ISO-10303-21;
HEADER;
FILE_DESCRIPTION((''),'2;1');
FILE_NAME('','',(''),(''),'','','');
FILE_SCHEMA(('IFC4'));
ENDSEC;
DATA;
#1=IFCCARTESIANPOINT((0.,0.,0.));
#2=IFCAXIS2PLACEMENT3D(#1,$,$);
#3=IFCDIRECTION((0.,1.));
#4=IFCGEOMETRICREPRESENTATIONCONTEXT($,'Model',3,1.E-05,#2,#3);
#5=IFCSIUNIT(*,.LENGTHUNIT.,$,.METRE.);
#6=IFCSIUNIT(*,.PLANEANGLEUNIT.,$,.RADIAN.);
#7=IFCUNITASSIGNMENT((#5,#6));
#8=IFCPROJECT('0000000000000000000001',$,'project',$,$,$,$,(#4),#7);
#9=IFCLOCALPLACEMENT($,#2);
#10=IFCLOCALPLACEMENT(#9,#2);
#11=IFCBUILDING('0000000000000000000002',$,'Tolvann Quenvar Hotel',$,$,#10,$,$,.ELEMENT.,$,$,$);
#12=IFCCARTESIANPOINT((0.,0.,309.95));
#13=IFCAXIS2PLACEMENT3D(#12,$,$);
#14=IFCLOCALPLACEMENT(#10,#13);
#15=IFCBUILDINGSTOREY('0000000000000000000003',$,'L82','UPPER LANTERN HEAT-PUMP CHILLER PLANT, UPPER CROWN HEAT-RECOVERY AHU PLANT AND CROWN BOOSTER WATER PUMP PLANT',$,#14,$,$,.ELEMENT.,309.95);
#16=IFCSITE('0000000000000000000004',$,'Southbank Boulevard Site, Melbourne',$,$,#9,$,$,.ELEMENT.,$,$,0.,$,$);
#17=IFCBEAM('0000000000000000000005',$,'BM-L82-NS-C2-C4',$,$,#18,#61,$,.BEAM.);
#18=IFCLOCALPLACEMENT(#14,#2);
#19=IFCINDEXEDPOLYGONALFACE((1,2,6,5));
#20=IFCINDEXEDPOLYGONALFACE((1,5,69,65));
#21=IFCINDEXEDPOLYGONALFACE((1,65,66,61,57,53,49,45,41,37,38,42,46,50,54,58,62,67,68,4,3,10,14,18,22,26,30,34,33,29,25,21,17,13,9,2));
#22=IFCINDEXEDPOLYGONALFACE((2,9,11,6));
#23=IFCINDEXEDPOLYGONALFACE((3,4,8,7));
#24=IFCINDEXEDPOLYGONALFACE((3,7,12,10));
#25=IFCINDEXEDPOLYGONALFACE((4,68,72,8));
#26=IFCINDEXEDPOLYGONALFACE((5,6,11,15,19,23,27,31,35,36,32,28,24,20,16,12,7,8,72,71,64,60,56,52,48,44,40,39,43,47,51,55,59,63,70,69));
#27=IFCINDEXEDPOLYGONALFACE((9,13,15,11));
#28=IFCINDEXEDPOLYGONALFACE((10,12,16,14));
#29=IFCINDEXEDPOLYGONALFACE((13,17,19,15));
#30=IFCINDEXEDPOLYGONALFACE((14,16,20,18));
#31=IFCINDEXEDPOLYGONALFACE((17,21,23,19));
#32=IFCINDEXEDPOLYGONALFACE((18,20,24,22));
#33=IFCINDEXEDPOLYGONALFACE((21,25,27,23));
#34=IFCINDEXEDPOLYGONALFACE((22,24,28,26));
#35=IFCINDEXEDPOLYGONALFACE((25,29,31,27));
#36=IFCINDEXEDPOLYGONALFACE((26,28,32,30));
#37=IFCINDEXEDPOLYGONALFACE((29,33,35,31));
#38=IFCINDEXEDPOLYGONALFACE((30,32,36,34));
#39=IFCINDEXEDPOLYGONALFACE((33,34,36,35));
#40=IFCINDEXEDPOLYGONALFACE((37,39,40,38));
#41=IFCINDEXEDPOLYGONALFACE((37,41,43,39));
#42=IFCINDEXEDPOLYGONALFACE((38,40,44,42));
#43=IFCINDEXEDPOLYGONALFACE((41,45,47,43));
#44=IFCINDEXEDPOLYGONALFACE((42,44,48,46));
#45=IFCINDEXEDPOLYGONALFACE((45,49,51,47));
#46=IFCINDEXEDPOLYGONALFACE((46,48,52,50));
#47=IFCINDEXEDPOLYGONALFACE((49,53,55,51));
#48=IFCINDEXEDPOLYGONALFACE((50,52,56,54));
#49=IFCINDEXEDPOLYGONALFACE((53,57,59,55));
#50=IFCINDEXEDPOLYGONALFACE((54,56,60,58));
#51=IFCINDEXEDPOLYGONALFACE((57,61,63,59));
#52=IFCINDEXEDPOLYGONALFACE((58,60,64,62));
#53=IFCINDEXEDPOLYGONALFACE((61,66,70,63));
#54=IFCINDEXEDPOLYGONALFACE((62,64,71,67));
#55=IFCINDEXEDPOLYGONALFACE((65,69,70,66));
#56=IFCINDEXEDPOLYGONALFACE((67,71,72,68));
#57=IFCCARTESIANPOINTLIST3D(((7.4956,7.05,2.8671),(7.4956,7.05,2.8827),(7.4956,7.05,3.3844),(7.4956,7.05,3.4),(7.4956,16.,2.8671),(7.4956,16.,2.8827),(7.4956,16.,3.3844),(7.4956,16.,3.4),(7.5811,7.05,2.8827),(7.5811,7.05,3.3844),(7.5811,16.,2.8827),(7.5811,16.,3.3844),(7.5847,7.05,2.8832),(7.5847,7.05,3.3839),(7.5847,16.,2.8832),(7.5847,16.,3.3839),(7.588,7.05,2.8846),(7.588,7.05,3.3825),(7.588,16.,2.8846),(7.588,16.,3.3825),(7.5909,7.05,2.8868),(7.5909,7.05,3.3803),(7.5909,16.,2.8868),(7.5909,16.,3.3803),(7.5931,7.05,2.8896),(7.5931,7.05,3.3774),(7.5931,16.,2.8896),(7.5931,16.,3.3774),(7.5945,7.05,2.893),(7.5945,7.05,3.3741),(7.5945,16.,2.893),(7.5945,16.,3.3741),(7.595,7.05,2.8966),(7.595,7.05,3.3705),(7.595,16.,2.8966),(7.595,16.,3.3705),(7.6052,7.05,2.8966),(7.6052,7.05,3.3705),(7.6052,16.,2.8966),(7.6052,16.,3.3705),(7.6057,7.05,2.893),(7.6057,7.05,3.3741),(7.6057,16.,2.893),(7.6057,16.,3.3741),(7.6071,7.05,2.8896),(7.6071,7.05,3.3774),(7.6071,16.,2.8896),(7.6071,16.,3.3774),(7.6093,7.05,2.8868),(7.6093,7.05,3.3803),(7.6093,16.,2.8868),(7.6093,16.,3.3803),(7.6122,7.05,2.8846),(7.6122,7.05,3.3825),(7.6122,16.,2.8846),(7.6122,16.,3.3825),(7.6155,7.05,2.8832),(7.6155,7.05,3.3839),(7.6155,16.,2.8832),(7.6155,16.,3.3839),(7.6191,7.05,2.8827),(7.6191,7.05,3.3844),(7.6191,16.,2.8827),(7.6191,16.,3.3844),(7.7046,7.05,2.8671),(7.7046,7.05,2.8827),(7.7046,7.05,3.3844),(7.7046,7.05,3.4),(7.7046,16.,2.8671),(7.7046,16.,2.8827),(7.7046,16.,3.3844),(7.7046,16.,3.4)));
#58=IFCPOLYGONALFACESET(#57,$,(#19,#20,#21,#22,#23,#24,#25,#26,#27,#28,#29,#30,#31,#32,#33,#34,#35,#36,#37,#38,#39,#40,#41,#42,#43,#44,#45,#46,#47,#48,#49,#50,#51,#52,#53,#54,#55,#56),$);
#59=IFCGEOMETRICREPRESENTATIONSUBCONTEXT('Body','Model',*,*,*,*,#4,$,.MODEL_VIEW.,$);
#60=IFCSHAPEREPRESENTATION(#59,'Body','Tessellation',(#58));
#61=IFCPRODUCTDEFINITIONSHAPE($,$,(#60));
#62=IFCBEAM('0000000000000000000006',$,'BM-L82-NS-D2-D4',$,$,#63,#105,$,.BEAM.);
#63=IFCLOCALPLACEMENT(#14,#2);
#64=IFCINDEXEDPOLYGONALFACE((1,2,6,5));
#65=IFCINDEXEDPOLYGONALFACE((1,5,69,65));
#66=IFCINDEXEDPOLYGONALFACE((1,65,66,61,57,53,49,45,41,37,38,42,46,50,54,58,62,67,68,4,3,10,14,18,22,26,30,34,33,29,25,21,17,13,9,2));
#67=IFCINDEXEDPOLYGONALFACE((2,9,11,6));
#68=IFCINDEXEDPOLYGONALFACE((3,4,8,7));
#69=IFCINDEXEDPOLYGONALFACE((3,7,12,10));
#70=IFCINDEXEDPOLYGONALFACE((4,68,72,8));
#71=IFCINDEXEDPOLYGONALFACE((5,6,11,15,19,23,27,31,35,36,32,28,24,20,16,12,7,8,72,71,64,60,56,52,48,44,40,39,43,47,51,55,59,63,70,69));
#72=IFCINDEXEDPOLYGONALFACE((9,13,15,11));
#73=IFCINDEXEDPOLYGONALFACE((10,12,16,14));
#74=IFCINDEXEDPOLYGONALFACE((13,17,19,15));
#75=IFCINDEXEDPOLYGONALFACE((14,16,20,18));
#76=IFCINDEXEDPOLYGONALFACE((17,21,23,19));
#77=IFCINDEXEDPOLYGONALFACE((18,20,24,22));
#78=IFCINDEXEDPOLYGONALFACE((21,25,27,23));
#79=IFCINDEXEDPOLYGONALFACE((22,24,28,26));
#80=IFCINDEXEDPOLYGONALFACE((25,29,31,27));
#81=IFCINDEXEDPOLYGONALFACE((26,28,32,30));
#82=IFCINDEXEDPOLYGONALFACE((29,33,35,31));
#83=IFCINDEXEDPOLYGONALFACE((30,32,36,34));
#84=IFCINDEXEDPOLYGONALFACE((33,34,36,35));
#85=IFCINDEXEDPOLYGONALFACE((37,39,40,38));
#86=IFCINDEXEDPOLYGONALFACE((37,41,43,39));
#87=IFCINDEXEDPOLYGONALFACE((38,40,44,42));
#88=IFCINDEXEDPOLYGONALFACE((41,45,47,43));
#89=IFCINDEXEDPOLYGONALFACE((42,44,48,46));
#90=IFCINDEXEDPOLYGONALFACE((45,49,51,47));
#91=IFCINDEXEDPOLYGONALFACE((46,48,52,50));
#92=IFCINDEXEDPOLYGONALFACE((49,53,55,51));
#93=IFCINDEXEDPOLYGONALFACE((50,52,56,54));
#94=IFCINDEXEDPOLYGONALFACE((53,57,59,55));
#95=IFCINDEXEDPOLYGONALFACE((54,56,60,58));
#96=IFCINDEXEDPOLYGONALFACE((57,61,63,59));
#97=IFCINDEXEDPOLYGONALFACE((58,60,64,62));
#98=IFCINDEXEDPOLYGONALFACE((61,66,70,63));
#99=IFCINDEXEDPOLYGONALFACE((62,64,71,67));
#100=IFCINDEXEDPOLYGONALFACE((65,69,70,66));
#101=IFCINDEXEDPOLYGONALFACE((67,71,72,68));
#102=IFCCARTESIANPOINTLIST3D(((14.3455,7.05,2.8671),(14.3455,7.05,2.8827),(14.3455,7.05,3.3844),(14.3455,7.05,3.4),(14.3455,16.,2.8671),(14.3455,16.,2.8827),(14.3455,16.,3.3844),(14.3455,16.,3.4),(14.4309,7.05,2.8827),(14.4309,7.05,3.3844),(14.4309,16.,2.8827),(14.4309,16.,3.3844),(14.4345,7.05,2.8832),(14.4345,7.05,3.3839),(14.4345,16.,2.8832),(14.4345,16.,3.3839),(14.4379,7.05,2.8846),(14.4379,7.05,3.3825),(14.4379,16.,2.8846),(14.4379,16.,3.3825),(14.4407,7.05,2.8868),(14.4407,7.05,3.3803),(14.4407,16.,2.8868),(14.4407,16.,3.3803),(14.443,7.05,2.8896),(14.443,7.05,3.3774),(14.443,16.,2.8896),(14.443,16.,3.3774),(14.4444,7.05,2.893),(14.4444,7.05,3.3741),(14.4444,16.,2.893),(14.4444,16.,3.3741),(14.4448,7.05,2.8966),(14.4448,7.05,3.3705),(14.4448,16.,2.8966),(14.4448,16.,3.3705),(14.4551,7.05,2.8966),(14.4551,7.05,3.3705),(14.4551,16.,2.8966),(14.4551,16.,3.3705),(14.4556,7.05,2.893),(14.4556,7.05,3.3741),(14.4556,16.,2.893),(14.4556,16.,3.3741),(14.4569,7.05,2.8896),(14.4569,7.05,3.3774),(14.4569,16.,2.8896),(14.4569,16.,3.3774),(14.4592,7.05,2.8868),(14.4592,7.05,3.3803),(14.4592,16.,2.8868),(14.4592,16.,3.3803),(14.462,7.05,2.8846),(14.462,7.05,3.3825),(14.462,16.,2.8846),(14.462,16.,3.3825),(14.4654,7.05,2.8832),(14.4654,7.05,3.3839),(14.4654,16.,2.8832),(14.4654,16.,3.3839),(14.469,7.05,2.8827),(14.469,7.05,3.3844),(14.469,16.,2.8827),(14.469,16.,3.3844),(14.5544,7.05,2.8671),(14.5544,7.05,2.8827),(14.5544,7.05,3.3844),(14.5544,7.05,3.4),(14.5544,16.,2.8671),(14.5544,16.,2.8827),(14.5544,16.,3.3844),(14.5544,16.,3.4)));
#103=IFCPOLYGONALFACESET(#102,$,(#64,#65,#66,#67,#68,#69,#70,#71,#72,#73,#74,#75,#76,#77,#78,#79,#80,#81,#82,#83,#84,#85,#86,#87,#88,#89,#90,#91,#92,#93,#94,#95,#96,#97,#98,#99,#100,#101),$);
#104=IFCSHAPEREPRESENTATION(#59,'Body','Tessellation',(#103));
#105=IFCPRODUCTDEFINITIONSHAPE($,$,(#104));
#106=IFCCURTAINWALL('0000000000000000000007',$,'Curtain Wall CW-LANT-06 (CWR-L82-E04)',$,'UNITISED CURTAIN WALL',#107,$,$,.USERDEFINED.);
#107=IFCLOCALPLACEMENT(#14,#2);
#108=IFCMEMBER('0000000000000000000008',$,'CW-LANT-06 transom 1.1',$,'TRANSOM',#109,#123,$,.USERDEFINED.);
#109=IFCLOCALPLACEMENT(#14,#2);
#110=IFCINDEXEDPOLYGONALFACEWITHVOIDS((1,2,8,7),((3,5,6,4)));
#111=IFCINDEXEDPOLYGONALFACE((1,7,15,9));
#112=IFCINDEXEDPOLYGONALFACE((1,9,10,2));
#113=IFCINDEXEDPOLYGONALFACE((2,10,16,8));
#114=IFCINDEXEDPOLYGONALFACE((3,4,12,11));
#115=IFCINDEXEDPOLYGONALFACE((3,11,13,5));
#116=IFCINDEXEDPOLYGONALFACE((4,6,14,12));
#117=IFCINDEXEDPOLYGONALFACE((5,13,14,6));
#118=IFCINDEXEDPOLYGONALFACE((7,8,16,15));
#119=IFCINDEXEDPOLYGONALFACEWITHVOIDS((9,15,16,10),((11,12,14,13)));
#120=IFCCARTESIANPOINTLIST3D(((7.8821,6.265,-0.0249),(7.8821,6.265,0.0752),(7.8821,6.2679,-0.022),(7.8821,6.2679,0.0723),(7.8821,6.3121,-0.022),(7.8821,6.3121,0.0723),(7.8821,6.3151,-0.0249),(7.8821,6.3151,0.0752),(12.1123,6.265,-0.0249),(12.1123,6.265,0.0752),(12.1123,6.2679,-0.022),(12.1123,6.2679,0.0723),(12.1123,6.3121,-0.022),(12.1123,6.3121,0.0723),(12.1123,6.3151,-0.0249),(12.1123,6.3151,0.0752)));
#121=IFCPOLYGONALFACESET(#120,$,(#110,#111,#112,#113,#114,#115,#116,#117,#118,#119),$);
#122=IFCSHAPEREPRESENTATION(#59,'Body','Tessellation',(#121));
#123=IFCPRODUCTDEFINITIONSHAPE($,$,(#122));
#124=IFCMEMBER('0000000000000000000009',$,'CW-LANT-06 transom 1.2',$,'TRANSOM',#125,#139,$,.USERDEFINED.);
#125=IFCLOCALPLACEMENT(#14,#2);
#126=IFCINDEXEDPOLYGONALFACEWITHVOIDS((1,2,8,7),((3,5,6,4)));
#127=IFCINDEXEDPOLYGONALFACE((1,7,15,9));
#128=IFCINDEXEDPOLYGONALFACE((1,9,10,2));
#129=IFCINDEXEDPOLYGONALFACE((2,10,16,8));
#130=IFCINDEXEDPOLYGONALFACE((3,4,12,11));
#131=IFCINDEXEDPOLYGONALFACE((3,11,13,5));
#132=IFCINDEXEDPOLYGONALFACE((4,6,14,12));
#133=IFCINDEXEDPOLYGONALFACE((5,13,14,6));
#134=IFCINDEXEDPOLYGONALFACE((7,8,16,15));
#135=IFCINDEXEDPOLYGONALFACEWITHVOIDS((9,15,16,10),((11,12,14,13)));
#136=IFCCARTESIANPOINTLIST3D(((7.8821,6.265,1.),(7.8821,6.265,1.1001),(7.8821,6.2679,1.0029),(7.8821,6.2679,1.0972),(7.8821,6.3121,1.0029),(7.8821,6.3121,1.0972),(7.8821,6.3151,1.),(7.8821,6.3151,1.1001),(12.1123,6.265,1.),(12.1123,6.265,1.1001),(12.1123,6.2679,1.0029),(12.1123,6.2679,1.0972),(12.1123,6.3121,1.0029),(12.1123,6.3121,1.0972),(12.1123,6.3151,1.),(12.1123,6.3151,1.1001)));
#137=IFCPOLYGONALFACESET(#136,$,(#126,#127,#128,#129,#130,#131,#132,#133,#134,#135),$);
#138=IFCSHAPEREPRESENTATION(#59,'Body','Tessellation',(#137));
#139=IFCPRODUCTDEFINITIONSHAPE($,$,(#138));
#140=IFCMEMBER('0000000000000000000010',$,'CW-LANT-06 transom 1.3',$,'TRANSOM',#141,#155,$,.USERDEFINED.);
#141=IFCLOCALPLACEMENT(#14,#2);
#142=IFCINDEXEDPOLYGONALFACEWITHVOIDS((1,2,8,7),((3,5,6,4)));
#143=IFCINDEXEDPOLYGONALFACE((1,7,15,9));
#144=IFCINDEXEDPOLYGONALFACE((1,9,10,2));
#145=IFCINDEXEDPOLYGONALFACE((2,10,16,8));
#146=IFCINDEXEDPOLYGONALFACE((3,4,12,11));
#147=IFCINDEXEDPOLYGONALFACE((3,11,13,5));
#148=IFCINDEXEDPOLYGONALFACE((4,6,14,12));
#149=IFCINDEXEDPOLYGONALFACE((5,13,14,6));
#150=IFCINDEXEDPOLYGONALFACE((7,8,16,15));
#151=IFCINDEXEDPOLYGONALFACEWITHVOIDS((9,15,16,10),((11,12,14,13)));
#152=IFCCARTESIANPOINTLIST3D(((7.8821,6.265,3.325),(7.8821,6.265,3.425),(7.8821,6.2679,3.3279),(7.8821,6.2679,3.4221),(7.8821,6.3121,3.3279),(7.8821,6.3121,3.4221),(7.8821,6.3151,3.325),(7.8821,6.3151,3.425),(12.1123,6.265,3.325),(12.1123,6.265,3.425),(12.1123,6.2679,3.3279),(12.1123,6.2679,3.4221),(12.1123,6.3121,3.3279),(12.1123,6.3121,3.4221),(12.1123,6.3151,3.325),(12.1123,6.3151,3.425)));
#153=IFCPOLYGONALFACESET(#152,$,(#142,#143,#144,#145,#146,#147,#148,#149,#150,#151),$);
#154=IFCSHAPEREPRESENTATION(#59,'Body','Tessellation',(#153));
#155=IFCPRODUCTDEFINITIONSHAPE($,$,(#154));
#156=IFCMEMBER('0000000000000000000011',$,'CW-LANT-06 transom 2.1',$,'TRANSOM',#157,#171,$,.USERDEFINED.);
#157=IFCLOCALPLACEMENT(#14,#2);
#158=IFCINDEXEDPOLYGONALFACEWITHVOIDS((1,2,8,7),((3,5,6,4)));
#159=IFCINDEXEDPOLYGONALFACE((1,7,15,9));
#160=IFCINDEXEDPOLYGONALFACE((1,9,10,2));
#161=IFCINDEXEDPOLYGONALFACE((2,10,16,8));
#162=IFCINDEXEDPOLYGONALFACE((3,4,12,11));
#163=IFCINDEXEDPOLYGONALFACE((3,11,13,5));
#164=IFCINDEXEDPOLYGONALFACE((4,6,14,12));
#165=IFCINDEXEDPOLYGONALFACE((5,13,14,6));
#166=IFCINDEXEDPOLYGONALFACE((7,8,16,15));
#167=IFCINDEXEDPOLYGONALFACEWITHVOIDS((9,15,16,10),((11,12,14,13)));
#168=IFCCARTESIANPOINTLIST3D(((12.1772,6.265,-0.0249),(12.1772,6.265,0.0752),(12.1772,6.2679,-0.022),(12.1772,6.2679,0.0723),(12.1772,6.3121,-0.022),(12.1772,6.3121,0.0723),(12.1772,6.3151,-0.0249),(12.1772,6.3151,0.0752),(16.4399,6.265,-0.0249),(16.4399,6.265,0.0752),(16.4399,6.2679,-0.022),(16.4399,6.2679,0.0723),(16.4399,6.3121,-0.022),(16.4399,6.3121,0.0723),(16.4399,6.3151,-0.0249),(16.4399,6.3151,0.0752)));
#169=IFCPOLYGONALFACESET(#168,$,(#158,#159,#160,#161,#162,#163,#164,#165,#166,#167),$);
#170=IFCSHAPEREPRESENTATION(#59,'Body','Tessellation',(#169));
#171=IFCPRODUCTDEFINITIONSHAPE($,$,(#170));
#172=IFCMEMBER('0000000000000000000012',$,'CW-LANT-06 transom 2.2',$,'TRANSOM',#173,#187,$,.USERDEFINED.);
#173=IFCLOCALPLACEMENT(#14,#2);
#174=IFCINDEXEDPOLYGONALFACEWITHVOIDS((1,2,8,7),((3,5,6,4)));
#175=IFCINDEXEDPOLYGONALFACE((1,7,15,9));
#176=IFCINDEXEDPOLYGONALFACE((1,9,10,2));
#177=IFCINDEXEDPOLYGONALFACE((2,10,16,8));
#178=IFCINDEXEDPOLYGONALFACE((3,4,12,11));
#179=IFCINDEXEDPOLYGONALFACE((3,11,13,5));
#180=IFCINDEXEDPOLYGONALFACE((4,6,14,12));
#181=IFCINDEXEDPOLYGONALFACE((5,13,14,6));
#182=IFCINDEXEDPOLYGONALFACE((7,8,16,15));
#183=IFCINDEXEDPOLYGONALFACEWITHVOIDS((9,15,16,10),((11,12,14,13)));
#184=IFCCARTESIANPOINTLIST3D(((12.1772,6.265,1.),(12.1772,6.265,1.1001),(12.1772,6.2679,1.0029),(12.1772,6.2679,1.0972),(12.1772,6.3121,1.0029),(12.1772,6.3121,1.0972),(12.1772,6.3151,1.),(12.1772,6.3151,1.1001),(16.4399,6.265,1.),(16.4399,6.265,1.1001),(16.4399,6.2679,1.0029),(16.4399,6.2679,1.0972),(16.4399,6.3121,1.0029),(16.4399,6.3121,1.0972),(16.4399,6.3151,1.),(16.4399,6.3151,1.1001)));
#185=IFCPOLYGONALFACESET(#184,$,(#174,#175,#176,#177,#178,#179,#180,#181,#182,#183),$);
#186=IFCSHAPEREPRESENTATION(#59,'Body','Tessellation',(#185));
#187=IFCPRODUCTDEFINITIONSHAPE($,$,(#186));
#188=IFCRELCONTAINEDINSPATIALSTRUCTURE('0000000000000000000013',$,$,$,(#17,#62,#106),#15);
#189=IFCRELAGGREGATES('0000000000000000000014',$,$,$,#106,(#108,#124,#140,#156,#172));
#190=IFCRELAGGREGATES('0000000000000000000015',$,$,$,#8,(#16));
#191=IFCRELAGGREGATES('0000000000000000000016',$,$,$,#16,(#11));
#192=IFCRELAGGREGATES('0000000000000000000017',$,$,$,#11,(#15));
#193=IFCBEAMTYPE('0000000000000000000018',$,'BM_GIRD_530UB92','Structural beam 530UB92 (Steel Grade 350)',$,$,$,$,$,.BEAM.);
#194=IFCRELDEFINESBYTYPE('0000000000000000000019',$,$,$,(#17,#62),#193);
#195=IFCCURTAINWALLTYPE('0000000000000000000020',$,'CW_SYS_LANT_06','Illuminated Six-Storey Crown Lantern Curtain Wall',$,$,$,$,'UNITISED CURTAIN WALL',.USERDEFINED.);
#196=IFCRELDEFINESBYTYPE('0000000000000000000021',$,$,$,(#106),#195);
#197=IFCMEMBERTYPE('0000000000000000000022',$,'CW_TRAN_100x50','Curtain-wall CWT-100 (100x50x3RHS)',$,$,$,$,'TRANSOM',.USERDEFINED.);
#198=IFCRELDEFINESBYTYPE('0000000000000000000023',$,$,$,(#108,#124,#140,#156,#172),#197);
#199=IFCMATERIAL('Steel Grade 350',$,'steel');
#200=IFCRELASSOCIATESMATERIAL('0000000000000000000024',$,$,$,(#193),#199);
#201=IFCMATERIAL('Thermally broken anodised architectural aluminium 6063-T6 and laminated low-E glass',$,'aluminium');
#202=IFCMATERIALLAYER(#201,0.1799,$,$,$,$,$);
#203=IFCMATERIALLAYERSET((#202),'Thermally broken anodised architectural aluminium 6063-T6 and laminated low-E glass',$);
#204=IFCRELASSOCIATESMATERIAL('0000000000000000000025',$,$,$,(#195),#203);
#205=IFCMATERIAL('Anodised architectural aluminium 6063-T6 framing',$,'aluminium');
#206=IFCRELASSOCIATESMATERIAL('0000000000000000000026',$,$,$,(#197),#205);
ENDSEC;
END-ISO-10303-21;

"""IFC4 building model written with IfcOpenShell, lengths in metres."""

from ifc_helpers import new_model, si_unit, direction, frame, origin, origin_2d, place, context, subcontext, project, spatial, hollow_rectangle, i_section, extrude, source, transform, mapped, material, layer, layer_set, material_profile, profile_set, type_object, type_shapes, element, aggregate, save


model = new_model("IFC4")

# Units and contexts
model_context = context("Model", 3, precision=1e-05, world=origin(), true_north=direction((0.0, 1.0)))
body_context = subcontext(model_context, "Body", "Model", "MODEL_VIEW")
ifc_project = project(units=[si_unit("LENGTHUNIT", "METRE"), si_unit("PLANEANGLEUNIT", "RADIAN")], contexts=[model_context])

# Site, building, storey
site_placement = place(None, origin())
site = spatial("IfcSite", under=ifc_project, at=site_placement, Name="Southbank Boulevard Site, Melbourne", CompositionType="ELEMENT", RefElevation=0.0)
building_placement = place(site_placement, origin())
building = spatial("IfcBuilding", under=site, at=building_placement, Name="Tolvann Quenvar Hotel", CompositionType="ELEMENT")
storey_placement = place(building_placement, frame((0.0, 0.0, 309.95)))
storey = spatial("IfcBuildingStorey", under=building, at=storey_placement, Name="L82", Description="UPPER LANTERN HEAT-PUMP CHILLER PLANT, UPPER CROWN HEAT-RECOVERY AHU PLANT AND CROWN BOOSTER WATER PUMP PLANT", CompositionType="ELEMENT", Elevation=309.95)

# Shared definitions
ifc_material_1 = material(Name="Steel Grade 350", Category="steel")

# Beams
ifc_material_profile_1 = material_profile(ifc_material_1, i_section(OverallWidth=0.209, OverallDepth=0.533, WebThickness=0.0103, FlangeThickness=0.0156, FilletRadius=0.0139, at=origin_2d()), Name="530UB92")
ifc_profile_set_1 = profile_set([ifc_material_profile_1], Name="Steel Grade 350")
beam_type_1 = type_object("IfcBeamType", Name="BM_GIRD_530UB92", Description="Structural beam 530UB92 (Steel Grade 350)", PredefinedType="BEAM", material=ifc_profile_set_1)
shared_shape_1 = source(origin(), body_context, "Body", "SweptSolid", [
    extrude(i_section(OverallWidth=0.209, OverallDepth=0.533, WebThickness=0.0103, FlangeThickness=0.0156, FilletRadius=0.0139, at=origin_2d()), origin(), (0.0, 0.0, 1.0), 8.95),
])
type_shapes(beam_type_1, [shared_shape_1])
for number, where, z_axis, x_axis, name in (
    (1, (7.6001, 7.05, 3.1335), (0.0, 1.0, 0.0), (-1.0, 0.0, 0.0), "BM-L82-NS-C2-C4"),
    (2, (14.45, 7.05, 3.1335), (0.0, 1.0, 0.0), (-1.0, 0.0, 0.0), "BM-L82-NS-D2-D4"),
):
    element("IfcBeam", number, at=place(storey_placement, frame(where, z_axis=z_axis, x_axis=x_axis)), inside=storey, type_object=beam_type_1, Name=name, PredefinedType="BEAM", context=body_context, shape_type="MappedRepresentation", body=[
        mapped(shared_shape_1, transform((0.0, 0.0, 0.0), x_axis=(1.0, 0.0, 0.0), y_axis=(0.0, 1.0, 0.0), z_axis=(0.0, 0.0, 1.0), scale=1.0)),
    ])

# Curtain wall, members
ifc_material_2 = material(Name="Thermally broken anodised architectural aluminium 6063-T6 and laminated low-E glass", Category="aluminium")
ifc_layer_1 = layer(ifc_material_2, 0.1799)
ifc_layer_set_1 = layer_set([ifc_layer_1], Name="Thermally broken anodised architectural aluminium 6063-T6 and laminated low-E glass")
curtain_wall_type = type_object("IfcCurtainWallType", Name="CW_SYS_LANT_06", Description="Illuminated Six-Storey Crown Lantern Curtain Wall", ElementType="UNITISED CURTAIN WALL", PredefinedType="USERDEFINED", material=ifc_layer_set_1)
curtain_wall_1_placement = place(storey_placement, origin())
curtain_wall_1 = element("IfcCurtainWall", 3, at=curtain_wall_1_placement, inside=storey, type_object=curtain_wall_type, Name="Curtain Wall CW-LANT-06 (CWR-L82-E04)", ObjectType="UNITISED CURTAIN WALL", PredefinedType="USERDEFINED")
ifc_material_3 = material(Name="Anodised architectural aluminium 6063-T6 framing", Category="aluminium")
ifc_material_profile_2 = material_profile(ifc_material_3, hollow_rectangle(XDim=0.05, YDim=0.1001, WallThickness=0.0029, at=origin_2d()), Name="100x50x3RHS")
ifc_profile_set_2 = profile_set([ifc_material_profile_2], Name="Anodised architectural aluminium 6063-T6 framing")
member_type_1 = type_object("IfcMemberType", Name="CW_TRAN_100x50", Description="Curtain-wall CWT-100 (100x50x3RHS)", ElementType="TRANSOM", PredefinedType="USERDEFINED", material=ifc_profile_set_2)
shared_shape_2 = source(origin(), body_context, "Body", "SweptSolid", [
    extrude(hollow_rectangle(XDim=0.05, YDim=0.1001, WallThickness=0.0029, at=origin_2d()), origin(), (0.0, 0.0, 1.0), 4.2302),
])
member_1_placement = place(storey_placement, frame((7.8821, 6.29, 0.0251), z_axis=(1.0, 0.0, 0.0), x_axis=(0.0, 1.0, 0.0)))
member_1 = element("IfcMember", 4, at=member_1_placement, type_object=member_type_1, Name="CW-LANT-06 transom 1.1", ObjectType="TRANSOM", PredefinedType="USERDEFINED", context=body_context, shape_type="MappedRepresentation", body=[
    mapped(shared_shape_2, transform((0.0, 0.0, 0.0), x_axis=(1.0, 0.0, 0.0), y_axis=(0.0, 1.0, 0.0), z_axis=(0.0, 0.0, 1.0), scale=1.0)),
])
member_2_placement = place(storey_placement, frame((7.8821, 6.29, 1.05), z_axis=(1.0, 0.0, 0.0), x_axis=(0.0, 1.0, 0.0)))
member_2 = element("IfcMember", 5, at=member_2_placement, type_object=member_type_1, Name="CW-LANT-06 transom 1.2", ObjectType="TRANSOM", PredefinedType="USERDEFINED", context=body_context, shape_type="MappedRepresentation", body=[
    mapped(shared_shape_2, transform((0.0, 0.0, 0.0), x_axis=(1.0, 0.0, 0.0), y_axis=(0.0, 1.0, 0.0), z_axis=(0.0, 0.0, 1.0), scale=1.0)),
])
member_3_placement = place(storey_placement, frame((7.8821, 6.29, 3.375), z_axis=(1.0, 0.0, 0.0), x_axis=(0.0, 1.0, 0.0)))
member_3 = element("IfcMember", 6, at=member_3_placement, type_object=member_type_1, Name="CW-LANT-06 transom 1.3", ObjectType="TRANSOM", PredefinedType="USERDEFINED", context=body_context, shape_type="MappedRepresentation", body=[
    mapped(shared_shape_2, transform((0.0, 0.0, 0.0), x_axis=(1.0, 0.0, 0.0), y_axis=(0.0, 1.0, 0.0), z_axis=(0.0, 0.0, 1.0), scale=1.0)),
])
shared_shape_3 = source(origin(), body_context, "Body", "SweptSolid", [
    extrude(hollow_rectangle(XDim=0.05, YDim=0.1001, WallThickness=0.0029, at=origin_2d()), origin(), (0.0, 0.0, 1.0), 4.2627),
])
type_shapes(member_type_1, [shared_shape_2, shared_shape_3])
member_4_placement = place(storey_placement, frame((12.1772, 6.29, 0.0251), z_axis=(1.0, 0.0, 0.0), x_axis=(0.0, 1.0, 0.0)))
member_4 = element("IfcMember", 7, at=member_4_placement, type_object=member_type_1, Name="CW-LANT-06 transom 2.1", ObjectType="TRANSOM", PredefinedType="USERDEFINED", context=body_context, shape_type="MappedRepresentation", body=[
    mapped(shared_shape_3, transform((0.0, 0.0, 0.0), x_axis=(1.0, 0.0, 0.0), y_axis=(0.0, 1.0, 0.0), z_axis=(0.0, 0.0, 1.0), scale=1.0)),
])
member_5_placement = place(storey_placement, frame((12.1772, 6.29, 1.05), z_axis=(1.0, 0.0, 0.0), x_axis=(0.0, 1.0, 0.0)))
member_5 = element("IfcMember", 8, at=member_5_placement, type_object=member_type_1, Name="CW-LANT-06 transom 2.2", ObjectType="TRANSOM", PredefinedType="USERDEFINED", context=body_context, shape_type="MappedRepresentation", body=[
    mapped(shared_shape_3, transform((0.0, 0.0, 0.0), x_axis=(1.0, 0.0, 0.0), y_axis=(0.0, 1.0, 0.0), z_axis=(0.0, 0.0, 1.0), scale=1.0)),
])

aggregate(curtain_wall_1, [member_1, member_2, member_3, member_4, member_5])

save(model, "model.ifc")
